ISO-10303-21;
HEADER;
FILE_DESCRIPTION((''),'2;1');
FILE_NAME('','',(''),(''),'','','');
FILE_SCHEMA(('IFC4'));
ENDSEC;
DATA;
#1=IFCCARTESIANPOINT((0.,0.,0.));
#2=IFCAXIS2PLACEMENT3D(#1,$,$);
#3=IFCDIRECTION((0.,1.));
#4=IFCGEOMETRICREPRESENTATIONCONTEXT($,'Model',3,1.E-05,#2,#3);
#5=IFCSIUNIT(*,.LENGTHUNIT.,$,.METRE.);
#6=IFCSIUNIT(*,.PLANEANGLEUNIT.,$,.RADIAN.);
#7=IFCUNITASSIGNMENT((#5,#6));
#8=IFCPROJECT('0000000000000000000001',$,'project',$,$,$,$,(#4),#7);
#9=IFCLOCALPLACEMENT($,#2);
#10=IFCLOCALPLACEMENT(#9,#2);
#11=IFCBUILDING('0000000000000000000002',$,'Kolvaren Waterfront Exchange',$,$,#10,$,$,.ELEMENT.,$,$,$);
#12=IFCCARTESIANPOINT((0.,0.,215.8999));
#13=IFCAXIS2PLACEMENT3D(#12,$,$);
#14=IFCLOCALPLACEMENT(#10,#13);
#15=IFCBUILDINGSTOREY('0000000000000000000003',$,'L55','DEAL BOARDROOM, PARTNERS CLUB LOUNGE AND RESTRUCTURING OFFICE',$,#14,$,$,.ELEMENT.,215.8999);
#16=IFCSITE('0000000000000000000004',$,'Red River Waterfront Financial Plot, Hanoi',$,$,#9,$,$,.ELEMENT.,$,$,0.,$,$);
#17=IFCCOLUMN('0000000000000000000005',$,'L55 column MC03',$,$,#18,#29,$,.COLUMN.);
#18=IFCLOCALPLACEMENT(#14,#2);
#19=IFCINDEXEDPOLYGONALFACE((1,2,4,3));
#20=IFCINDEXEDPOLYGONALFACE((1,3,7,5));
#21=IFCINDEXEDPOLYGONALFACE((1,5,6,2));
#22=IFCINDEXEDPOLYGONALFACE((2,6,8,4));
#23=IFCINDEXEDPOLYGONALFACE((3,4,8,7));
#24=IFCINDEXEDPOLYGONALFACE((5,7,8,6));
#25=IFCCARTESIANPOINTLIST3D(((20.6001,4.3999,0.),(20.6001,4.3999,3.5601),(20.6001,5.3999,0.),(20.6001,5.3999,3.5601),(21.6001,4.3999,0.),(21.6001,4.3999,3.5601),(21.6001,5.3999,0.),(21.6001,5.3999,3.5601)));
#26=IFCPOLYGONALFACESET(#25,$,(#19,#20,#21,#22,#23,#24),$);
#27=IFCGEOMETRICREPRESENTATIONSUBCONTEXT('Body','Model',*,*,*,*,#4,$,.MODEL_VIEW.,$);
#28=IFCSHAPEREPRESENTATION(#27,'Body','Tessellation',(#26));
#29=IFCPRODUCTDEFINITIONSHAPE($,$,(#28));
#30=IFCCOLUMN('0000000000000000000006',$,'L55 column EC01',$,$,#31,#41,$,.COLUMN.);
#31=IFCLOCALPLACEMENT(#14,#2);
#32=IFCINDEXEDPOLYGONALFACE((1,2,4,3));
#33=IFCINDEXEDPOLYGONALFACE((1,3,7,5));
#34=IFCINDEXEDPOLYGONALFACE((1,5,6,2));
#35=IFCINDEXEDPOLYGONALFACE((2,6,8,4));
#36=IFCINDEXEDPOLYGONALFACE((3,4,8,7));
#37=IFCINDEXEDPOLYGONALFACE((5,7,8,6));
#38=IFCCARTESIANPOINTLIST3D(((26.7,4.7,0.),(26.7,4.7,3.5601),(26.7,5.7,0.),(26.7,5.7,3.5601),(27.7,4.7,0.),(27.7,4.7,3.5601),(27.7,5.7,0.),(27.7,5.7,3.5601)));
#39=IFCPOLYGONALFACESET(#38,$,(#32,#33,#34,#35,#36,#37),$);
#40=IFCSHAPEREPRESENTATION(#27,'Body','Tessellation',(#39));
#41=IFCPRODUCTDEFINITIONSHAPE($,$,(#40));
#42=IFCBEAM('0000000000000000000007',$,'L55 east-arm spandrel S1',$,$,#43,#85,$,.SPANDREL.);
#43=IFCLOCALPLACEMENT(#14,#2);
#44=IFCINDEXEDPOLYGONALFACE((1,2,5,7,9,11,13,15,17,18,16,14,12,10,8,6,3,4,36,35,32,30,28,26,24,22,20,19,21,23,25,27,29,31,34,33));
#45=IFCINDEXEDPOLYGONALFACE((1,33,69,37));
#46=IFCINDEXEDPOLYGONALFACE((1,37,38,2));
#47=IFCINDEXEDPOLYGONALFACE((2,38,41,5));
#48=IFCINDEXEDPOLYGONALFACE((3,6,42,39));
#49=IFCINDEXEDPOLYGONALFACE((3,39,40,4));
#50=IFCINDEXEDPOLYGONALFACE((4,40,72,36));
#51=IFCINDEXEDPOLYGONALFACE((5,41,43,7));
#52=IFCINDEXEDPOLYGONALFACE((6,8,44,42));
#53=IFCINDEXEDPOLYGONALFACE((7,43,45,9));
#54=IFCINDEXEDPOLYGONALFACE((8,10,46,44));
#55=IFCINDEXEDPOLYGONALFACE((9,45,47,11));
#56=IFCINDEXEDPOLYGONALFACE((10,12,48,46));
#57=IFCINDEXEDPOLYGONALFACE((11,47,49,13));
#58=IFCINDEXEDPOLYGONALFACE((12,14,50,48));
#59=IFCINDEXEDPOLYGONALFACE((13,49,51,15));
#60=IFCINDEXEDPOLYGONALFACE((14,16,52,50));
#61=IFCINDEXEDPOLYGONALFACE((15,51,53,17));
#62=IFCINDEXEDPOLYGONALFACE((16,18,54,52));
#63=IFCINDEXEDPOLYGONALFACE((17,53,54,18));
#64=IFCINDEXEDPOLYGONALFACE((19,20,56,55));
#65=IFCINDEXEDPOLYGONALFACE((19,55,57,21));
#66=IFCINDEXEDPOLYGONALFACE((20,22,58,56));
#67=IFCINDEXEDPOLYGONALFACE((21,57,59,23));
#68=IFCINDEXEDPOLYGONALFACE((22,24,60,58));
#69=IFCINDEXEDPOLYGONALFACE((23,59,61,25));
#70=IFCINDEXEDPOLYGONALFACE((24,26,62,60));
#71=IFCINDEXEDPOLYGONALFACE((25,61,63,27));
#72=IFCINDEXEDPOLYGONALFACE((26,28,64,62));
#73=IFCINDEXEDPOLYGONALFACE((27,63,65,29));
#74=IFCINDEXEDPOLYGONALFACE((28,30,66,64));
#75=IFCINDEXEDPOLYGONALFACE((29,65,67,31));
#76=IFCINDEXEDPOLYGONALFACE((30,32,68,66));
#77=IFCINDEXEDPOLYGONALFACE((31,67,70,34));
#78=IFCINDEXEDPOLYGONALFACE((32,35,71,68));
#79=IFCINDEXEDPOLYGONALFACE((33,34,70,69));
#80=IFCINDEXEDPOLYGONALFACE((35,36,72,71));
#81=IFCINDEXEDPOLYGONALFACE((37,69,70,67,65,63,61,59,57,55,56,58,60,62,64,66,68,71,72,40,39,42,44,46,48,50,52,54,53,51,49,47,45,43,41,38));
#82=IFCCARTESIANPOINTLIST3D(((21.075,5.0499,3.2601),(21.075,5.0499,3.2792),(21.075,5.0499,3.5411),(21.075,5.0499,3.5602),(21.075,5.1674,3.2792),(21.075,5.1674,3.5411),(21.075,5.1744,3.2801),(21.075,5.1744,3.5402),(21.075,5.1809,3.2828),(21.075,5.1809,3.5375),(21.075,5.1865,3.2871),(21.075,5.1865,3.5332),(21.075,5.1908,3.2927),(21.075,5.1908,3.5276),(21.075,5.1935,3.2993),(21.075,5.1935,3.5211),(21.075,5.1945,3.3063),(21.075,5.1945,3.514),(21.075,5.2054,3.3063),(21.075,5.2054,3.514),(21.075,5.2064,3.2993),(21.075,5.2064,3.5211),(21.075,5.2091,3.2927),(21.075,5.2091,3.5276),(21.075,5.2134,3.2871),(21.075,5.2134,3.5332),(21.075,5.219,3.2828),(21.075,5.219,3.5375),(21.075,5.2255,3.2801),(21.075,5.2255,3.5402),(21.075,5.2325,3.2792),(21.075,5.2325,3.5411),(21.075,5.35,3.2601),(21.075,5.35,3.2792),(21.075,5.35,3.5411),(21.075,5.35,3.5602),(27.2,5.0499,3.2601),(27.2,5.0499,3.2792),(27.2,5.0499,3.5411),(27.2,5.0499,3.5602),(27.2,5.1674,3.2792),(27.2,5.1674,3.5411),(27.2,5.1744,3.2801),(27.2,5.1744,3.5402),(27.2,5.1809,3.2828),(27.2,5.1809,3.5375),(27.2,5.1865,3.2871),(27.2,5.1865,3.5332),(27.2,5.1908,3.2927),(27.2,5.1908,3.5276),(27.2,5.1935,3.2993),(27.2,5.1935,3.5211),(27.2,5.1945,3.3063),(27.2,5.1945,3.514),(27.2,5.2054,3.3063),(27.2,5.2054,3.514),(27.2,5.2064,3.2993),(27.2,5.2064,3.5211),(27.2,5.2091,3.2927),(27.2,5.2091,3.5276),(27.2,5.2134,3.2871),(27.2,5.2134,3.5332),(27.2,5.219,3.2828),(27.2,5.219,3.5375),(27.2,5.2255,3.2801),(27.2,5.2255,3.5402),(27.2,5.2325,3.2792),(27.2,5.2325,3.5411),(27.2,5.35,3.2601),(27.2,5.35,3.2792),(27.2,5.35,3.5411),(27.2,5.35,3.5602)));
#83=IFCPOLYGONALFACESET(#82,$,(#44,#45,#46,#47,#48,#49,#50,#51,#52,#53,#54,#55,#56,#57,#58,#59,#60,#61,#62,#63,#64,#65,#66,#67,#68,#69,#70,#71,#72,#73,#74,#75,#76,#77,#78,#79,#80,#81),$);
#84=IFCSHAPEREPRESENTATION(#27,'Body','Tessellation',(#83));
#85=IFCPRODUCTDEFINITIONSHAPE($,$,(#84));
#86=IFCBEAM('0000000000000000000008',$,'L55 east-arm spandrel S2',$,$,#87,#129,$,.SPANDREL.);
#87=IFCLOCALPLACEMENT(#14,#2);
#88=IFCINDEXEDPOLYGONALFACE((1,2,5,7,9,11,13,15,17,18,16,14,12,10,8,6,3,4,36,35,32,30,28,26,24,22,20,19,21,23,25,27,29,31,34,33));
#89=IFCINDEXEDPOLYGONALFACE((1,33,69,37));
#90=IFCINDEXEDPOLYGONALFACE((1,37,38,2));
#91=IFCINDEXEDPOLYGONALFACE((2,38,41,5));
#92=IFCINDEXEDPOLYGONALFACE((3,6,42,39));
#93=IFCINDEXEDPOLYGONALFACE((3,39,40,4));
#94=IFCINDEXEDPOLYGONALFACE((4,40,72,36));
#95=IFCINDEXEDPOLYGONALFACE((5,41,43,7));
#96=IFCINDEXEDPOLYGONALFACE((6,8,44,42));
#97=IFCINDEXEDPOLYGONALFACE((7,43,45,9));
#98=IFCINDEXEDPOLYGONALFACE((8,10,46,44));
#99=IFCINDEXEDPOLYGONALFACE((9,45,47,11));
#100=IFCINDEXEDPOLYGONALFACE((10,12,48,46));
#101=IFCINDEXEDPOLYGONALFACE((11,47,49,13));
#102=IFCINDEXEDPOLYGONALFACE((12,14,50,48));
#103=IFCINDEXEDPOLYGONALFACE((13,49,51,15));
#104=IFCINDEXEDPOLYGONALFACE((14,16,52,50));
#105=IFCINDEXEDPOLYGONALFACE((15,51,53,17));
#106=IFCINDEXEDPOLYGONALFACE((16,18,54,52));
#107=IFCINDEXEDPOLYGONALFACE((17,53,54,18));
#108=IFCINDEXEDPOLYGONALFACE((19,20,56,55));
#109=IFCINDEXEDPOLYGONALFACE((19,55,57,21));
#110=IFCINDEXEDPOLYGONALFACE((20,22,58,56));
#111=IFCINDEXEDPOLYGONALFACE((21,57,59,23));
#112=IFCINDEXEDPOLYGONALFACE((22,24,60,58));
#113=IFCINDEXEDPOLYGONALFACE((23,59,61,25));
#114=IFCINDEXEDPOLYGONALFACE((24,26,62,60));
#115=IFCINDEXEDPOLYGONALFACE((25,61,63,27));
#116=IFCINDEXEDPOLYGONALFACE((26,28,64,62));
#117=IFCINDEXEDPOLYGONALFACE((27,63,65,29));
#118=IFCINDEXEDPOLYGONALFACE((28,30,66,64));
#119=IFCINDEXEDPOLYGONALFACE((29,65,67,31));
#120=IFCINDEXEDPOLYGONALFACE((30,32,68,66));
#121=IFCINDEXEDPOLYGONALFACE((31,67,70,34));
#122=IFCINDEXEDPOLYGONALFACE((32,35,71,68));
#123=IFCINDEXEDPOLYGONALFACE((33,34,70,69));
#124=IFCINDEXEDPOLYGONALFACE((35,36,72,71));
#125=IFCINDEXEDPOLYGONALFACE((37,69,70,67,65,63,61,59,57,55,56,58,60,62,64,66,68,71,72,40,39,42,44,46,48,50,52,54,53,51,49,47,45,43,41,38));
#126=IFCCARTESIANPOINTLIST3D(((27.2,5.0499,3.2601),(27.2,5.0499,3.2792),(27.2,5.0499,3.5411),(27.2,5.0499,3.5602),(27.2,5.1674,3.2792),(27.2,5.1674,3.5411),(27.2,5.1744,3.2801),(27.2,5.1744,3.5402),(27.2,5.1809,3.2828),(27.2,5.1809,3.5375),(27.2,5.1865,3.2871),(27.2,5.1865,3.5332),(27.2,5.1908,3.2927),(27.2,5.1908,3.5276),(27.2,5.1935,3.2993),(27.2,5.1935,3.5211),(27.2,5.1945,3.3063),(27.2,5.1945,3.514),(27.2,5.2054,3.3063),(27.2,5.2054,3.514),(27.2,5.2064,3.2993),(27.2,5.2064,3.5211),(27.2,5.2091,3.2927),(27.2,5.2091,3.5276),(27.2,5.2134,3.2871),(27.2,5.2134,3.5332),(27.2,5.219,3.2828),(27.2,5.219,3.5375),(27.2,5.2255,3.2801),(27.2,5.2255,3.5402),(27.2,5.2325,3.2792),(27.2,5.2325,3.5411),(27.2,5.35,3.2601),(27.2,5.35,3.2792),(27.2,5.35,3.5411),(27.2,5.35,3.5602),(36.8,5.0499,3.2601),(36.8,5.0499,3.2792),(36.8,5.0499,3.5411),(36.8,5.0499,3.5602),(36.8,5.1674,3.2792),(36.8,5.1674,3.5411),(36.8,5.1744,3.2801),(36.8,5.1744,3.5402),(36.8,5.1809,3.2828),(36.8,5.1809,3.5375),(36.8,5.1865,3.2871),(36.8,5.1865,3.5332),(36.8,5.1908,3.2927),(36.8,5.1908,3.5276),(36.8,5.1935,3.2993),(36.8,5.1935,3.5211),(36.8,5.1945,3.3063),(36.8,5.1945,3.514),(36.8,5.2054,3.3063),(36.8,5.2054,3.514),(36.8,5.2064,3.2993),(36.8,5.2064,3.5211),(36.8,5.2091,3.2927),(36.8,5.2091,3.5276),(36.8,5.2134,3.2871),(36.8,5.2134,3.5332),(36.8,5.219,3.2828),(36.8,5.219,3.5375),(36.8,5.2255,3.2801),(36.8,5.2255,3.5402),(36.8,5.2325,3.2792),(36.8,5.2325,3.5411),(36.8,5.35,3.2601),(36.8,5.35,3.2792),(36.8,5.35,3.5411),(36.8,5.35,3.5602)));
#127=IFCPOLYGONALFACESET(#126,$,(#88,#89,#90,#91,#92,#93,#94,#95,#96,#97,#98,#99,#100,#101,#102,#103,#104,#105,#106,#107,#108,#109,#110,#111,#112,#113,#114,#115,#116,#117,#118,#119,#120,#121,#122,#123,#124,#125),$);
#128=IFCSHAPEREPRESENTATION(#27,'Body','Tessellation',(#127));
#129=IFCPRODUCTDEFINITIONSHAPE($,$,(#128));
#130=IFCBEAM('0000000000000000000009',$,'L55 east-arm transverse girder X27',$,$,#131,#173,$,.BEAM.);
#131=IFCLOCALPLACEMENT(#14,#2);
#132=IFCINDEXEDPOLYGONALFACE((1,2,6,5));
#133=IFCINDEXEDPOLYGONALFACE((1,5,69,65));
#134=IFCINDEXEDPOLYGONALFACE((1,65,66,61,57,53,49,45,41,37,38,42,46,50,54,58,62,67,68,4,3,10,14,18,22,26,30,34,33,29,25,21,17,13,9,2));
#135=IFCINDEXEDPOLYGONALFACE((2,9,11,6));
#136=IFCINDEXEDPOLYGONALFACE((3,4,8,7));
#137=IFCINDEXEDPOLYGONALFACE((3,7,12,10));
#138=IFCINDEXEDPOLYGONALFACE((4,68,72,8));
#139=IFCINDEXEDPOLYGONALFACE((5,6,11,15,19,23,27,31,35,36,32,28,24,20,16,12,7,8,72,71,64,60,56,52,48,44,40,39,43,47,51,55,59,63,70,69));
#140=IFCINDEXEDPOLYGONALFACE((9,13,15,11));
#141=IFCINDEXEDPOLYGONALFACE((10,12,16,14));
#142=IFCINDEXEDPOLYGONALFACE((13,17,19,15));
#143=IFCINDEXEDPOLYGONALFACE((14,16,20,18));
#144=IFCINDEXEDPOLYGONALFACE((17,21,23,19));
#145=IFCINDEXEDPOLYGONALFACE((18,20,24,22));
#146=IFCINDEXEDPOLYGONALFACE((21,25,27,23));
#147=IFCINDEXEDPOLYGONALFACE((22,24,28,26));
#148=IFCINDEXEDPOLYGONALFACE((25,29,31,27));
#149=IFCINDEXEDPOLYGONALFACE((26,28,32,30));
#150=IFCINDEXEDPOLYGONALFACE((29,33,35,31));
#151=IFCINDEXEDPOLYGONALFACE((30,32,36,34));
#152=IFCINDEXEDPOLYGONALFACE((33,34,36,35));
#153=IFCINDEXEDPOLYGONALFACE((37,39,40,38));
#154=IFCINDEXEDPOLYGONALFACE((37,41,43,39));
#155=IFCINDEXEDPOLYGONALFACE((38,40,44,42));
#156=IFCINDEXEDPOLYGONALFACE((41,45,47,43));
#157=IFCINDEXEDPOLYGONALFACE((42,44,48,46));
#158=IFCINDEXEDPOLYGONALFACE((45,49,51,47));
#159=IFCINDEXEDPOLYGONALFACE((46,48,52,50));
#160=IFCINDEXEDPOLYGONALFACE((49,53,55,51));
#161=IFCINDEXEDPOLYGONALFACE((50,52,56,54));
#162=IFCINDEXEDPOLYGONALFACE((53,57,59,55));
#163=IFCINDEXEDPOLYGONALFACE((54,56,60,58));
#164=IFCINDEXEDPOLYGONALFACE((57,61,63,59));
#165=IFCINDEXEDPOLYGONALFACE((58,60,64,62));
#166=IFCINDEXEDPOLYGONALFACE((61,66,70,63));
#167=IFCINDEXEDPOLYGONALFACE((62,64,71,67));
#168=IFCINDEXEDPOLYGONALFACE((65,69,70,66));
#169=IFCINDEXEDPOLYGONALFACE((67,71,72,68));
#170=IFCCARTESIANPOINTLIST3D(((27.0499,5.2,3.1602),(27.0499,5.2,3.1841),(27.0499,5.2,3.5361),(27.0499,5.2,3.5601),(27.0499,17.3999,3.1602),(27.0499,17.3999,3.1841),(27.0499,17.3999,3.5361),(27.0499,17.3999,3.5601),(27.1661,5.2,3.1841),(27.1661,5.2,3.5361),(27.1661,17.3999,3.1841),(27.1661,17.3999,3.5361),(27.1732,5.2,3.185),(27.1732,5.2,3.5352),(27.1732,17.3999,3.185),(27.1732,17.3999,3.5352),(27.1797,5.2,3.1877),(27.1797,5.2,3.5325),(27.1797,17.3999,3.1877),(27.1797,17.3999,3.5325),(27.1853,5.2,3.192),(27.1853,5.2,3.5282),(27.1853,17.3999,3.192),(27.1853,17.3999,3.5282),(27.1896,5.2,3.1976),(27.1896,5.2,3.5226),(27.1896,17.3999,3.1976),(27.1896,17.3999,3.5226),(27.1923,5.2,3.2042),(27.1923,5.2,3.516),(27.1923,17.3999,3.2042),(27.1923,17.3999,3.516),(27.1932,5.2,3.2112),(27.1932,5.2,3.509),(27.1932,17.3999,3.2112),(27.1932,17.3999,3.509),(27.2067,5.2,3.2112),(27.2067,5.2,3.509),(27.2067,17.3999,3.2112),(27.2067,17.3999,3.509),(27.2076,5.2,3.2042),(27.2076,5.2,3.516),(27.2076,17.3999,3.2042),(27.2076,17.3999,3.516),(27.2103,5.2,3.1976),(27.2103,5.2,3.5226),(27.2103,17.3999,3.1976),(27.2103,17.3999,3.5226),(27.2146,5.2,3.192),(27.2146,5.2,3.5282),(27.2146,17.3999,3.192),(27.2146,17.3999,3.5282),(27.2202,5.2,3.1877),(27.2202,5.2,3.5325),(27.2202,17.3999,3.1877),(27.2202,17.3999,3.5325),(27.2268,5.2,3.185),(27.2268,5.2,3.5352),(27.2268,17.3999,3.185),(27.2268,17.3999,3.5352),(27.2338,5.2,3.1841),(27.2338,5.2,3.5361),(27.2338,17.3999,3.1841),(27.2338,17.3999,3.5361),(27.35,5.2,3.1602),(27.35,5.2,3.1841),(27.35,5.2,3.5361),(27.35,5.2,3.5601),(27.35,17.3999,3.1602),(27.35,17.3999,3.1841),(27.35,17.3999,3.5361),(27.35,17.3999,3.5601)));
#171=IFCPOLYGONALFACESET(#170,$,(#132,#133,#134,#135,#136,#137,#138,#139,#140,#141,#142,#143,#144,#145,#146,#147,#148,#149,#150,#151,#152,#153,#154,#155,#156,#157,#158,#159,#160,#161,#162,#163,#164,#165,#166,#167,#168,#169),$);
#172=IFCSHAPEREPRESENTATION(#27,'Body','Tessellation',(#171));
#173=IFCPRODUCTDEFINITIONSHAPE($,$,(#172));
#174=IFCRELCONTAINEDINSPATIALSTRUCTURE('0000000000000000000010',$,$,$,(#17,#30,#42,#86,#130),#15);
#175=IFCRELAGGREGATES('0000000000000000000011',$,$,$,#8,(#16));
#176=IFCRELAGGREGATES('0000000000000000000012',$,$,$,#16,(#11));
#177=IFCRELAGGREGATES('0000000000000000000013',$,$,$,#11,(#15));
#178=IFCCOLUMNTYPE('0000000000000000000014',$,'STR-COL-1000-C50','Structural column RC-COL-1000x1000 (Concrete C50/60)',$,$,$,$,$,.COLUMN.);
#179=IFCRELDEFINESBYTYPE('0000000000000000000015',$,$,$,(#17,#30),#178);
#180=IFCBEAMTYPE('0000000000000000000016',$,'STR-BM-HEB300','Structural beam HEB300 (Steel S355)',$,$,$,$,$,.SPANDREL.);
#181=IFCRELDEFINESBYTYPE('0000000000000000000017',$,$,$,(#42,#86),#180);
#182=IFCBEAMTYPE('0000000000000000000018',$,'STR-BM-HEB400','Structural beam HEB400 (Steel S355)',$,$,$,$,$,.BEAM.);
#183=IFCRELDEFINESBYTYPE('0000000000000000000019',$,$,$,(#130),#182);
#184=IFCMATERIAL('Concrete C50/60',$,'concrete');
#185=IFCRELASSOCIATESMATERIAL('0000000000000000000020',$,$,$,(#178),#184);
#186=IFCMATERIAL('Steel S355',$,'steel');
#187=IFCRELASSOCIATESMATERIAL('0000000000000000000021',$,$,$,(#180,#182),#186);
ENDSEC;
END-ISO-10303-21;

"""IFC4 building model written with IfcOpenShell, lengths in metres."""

from ifc_helpers import new_model, si_unit, direction, frame, origin, origin_2d, place, context, subcontext, project, spatial, rectangle, i_section, extrude, material, material_profile, profile_set, type_object, element, save


model = new_model("IFC4")

# Units and contexts
model_context = context("Model", 3, precision=1e-05, world=origin(), true_north=direction((0.0, 1.0)))
body_context = subcontext(model_context, "Body", "Model", "MODEL_VIEW")
ifc_project = project(units=[si_unit("LENGTHUNIT", "METRE"), si_unit("PLANEANGLEUNIT", "RADIAN")], contexts=[model_context])

# Site, building, storey
site_placement = place(None, origin())
site = spatial("IfcSite", under=ifc_project, at=site_placement, Name="Red River Waterfront Financial Plot, Hanoi", CompositionType="ELEMENT", RefElevation=0.0)
building_placement = place(site_placement, origin())
building = spatial("IfcBuilding", under=site, at=building_placement, Name="Kolvaren Waterfront Exchange", CompositionType="ELEMENT")
storey_placement = place(building_placement, frame((0.0, 0.0, 215.8999)))
storey = spatial("IfcBuildingStorey", under=building, at=storey_placement, Name="L55", Description="DEAL BOARDROOM, PARTNERS CLUB LOUNGE AND RESTRUCTURING OFFICE", CompositionType="ELEMENT", Elevation=215.8999)

# Columns
ifc_material_1 = material(Name="Concrete C50/60", Category="concrete")
ifc_material_profile_1 = material_profile(ifc_material_1, rectangle(XDim=1.0, YDim=1.0, at=origin_2d()), Name="RC-COL-1000x1000")
ifc_profile_set_1 = profile_set([ifc_material_profile_1], Name="Concrete C50/60")
column_type = type_object("IfcColumnType", Name="STR-COL-1000-C50", Description="Structural column RC-COL-1000x1000 (Concrete C50/60)", PredefinedType="COLUMN", material=ifc_profile_set_1)
for number, where, z_axis, x_axis, name in (
    (1, (21.1001, 4.8999, 0.0), (0.0, 0.0, 1.0), (1.0, 0.0, 0.0), "L55 column MC03"),
    (2, (27.2, 5.2, 0.0), (0.0, 0.0, 1.0), (1.0, 0.0, 0.0), "L55 column EC01"),
):
    element("IfcColumn", number, at=place(storey_placement, frame(where, z_axis=z_axis, x_axis=x_axis)), inside=storey, type_object=column_type, Name=name, PredefinedType="COLUMN", context=body_context, shape_type="SweptSolid", body=[
        extrude(rectangle(XDim=1.0, YDim=1.0, at=origin_2d()), origin(), (0.0, 0.0, 1.0), 3.5601),
    ])

# Beams
ifc_material_2 = material(Name="Steel S355", Category="steel")
ifc_material_profile_2 = material_profile(ifc_material_2, i_section(OverallWidth=0.3, OverallDepth=0.3, WebThickness=0.011, FlangeThickness=0.019, FilletRadius=0.0271, at=origin_2d()), Name="HEB300")
ifc_profile_set_2 = profile_set([ifc_material_profile_2], Name="Steel S355")
beam_type_1 = type_object("IfcBeamType", Name="STR-BM-HEB300", Description="Structural beam HEB300 (Steel S355)", PredefinedType="SPANDREL", material=ifc_profile_set_2)
beam_1_placement = place(storey_placement, frame((21.075, 5.2, 3.4102), z_axis=(1.0, 0.0, 0.0), x_axis=(0.0, 1.0, 0.0)))
element("IfcBeam", 3, at=beam_1_placement, inside=storey, type_object=beam_type_1, Name="L55 east-arm spandrel S1", PredefinedType="SPANDREL", context=body_context, shape_type="SweptSolid", body=[
    extrude(i_section(OverallWidth=0.3, OverallDepth=0.3, WebThickness=0.011, FlangeThickness=0.019, FilletRadius=0.0271, at=origin_2d()), origin(), (0.0, 0.0, 1.0), 6.125),
])
beam_2_placement = place(storey_placement, frame((27.2, 5.2, 3.4102), z_axis=(1.0, 0.0, 0.0), x_axis=(0.0, 1.0, 0.0)))
element("IfcBeam", 4, at=beam_2_placement, inside=storey, type_object=beam_type_1, Name="L55 east-arm spandrel S2", PredefinedType="SPANDREL", context=body_context, shape_type="SweptSolid", body=[
    extrude(i_section(OverallWidth=0.3, OverallDepth=0.3, WebThickness=0.011, FlangeThickness=0.019, FilletRadius=0.0271, at=origin_2d()), origin(), (0.0, 0.0, 1.0), 9.6001),
])
ifc_material_profile_3 = material_profile(ifc_material_2, i_section(OverallWidth=0.3, OverallDepth=0.3999, WebThickness=0.0134, FlangeThickness=0.0239, FilletRadius=0.0271, at=origin_2d()), Name="HEB400")
ifc_profile_set_3 = profile_set([ifc_material_profile_3], Name="Steel S355")
beam_type_2 = type_object("IfcBeamType", Name="STR-BM-HEB400", Description="Structural beam HEB400 (Steel S355)", PredefinedType="BEAM", material=ifc_profile_set_3)
beam_3_placement = place(storey_placement, frame((27.2, 5.2, 3.3601), z_axis=(0.0, 1.0, 0.0), x_axis=(-1.0, 0.0, 0.0)))
element("IfcBeam", 5, at=beam_3_placement, inside=storey, type_object=beam_type_2, Name="L55 east-arm transverse girder X27", PredefinedType="BEAM", context=body_context, shape_type="SweptSolid", body=[
    extrude(i_section(OverallWidth=0.3, OverallDepth=0.3999, WebThickness=0.0134, FlangeThickness=0.0239, FilletRadius=0.0271, at=origin_2d()), origin(), (0.0, 0.0, 1.0), 12.2),
])

save(model, "model.ifc")
